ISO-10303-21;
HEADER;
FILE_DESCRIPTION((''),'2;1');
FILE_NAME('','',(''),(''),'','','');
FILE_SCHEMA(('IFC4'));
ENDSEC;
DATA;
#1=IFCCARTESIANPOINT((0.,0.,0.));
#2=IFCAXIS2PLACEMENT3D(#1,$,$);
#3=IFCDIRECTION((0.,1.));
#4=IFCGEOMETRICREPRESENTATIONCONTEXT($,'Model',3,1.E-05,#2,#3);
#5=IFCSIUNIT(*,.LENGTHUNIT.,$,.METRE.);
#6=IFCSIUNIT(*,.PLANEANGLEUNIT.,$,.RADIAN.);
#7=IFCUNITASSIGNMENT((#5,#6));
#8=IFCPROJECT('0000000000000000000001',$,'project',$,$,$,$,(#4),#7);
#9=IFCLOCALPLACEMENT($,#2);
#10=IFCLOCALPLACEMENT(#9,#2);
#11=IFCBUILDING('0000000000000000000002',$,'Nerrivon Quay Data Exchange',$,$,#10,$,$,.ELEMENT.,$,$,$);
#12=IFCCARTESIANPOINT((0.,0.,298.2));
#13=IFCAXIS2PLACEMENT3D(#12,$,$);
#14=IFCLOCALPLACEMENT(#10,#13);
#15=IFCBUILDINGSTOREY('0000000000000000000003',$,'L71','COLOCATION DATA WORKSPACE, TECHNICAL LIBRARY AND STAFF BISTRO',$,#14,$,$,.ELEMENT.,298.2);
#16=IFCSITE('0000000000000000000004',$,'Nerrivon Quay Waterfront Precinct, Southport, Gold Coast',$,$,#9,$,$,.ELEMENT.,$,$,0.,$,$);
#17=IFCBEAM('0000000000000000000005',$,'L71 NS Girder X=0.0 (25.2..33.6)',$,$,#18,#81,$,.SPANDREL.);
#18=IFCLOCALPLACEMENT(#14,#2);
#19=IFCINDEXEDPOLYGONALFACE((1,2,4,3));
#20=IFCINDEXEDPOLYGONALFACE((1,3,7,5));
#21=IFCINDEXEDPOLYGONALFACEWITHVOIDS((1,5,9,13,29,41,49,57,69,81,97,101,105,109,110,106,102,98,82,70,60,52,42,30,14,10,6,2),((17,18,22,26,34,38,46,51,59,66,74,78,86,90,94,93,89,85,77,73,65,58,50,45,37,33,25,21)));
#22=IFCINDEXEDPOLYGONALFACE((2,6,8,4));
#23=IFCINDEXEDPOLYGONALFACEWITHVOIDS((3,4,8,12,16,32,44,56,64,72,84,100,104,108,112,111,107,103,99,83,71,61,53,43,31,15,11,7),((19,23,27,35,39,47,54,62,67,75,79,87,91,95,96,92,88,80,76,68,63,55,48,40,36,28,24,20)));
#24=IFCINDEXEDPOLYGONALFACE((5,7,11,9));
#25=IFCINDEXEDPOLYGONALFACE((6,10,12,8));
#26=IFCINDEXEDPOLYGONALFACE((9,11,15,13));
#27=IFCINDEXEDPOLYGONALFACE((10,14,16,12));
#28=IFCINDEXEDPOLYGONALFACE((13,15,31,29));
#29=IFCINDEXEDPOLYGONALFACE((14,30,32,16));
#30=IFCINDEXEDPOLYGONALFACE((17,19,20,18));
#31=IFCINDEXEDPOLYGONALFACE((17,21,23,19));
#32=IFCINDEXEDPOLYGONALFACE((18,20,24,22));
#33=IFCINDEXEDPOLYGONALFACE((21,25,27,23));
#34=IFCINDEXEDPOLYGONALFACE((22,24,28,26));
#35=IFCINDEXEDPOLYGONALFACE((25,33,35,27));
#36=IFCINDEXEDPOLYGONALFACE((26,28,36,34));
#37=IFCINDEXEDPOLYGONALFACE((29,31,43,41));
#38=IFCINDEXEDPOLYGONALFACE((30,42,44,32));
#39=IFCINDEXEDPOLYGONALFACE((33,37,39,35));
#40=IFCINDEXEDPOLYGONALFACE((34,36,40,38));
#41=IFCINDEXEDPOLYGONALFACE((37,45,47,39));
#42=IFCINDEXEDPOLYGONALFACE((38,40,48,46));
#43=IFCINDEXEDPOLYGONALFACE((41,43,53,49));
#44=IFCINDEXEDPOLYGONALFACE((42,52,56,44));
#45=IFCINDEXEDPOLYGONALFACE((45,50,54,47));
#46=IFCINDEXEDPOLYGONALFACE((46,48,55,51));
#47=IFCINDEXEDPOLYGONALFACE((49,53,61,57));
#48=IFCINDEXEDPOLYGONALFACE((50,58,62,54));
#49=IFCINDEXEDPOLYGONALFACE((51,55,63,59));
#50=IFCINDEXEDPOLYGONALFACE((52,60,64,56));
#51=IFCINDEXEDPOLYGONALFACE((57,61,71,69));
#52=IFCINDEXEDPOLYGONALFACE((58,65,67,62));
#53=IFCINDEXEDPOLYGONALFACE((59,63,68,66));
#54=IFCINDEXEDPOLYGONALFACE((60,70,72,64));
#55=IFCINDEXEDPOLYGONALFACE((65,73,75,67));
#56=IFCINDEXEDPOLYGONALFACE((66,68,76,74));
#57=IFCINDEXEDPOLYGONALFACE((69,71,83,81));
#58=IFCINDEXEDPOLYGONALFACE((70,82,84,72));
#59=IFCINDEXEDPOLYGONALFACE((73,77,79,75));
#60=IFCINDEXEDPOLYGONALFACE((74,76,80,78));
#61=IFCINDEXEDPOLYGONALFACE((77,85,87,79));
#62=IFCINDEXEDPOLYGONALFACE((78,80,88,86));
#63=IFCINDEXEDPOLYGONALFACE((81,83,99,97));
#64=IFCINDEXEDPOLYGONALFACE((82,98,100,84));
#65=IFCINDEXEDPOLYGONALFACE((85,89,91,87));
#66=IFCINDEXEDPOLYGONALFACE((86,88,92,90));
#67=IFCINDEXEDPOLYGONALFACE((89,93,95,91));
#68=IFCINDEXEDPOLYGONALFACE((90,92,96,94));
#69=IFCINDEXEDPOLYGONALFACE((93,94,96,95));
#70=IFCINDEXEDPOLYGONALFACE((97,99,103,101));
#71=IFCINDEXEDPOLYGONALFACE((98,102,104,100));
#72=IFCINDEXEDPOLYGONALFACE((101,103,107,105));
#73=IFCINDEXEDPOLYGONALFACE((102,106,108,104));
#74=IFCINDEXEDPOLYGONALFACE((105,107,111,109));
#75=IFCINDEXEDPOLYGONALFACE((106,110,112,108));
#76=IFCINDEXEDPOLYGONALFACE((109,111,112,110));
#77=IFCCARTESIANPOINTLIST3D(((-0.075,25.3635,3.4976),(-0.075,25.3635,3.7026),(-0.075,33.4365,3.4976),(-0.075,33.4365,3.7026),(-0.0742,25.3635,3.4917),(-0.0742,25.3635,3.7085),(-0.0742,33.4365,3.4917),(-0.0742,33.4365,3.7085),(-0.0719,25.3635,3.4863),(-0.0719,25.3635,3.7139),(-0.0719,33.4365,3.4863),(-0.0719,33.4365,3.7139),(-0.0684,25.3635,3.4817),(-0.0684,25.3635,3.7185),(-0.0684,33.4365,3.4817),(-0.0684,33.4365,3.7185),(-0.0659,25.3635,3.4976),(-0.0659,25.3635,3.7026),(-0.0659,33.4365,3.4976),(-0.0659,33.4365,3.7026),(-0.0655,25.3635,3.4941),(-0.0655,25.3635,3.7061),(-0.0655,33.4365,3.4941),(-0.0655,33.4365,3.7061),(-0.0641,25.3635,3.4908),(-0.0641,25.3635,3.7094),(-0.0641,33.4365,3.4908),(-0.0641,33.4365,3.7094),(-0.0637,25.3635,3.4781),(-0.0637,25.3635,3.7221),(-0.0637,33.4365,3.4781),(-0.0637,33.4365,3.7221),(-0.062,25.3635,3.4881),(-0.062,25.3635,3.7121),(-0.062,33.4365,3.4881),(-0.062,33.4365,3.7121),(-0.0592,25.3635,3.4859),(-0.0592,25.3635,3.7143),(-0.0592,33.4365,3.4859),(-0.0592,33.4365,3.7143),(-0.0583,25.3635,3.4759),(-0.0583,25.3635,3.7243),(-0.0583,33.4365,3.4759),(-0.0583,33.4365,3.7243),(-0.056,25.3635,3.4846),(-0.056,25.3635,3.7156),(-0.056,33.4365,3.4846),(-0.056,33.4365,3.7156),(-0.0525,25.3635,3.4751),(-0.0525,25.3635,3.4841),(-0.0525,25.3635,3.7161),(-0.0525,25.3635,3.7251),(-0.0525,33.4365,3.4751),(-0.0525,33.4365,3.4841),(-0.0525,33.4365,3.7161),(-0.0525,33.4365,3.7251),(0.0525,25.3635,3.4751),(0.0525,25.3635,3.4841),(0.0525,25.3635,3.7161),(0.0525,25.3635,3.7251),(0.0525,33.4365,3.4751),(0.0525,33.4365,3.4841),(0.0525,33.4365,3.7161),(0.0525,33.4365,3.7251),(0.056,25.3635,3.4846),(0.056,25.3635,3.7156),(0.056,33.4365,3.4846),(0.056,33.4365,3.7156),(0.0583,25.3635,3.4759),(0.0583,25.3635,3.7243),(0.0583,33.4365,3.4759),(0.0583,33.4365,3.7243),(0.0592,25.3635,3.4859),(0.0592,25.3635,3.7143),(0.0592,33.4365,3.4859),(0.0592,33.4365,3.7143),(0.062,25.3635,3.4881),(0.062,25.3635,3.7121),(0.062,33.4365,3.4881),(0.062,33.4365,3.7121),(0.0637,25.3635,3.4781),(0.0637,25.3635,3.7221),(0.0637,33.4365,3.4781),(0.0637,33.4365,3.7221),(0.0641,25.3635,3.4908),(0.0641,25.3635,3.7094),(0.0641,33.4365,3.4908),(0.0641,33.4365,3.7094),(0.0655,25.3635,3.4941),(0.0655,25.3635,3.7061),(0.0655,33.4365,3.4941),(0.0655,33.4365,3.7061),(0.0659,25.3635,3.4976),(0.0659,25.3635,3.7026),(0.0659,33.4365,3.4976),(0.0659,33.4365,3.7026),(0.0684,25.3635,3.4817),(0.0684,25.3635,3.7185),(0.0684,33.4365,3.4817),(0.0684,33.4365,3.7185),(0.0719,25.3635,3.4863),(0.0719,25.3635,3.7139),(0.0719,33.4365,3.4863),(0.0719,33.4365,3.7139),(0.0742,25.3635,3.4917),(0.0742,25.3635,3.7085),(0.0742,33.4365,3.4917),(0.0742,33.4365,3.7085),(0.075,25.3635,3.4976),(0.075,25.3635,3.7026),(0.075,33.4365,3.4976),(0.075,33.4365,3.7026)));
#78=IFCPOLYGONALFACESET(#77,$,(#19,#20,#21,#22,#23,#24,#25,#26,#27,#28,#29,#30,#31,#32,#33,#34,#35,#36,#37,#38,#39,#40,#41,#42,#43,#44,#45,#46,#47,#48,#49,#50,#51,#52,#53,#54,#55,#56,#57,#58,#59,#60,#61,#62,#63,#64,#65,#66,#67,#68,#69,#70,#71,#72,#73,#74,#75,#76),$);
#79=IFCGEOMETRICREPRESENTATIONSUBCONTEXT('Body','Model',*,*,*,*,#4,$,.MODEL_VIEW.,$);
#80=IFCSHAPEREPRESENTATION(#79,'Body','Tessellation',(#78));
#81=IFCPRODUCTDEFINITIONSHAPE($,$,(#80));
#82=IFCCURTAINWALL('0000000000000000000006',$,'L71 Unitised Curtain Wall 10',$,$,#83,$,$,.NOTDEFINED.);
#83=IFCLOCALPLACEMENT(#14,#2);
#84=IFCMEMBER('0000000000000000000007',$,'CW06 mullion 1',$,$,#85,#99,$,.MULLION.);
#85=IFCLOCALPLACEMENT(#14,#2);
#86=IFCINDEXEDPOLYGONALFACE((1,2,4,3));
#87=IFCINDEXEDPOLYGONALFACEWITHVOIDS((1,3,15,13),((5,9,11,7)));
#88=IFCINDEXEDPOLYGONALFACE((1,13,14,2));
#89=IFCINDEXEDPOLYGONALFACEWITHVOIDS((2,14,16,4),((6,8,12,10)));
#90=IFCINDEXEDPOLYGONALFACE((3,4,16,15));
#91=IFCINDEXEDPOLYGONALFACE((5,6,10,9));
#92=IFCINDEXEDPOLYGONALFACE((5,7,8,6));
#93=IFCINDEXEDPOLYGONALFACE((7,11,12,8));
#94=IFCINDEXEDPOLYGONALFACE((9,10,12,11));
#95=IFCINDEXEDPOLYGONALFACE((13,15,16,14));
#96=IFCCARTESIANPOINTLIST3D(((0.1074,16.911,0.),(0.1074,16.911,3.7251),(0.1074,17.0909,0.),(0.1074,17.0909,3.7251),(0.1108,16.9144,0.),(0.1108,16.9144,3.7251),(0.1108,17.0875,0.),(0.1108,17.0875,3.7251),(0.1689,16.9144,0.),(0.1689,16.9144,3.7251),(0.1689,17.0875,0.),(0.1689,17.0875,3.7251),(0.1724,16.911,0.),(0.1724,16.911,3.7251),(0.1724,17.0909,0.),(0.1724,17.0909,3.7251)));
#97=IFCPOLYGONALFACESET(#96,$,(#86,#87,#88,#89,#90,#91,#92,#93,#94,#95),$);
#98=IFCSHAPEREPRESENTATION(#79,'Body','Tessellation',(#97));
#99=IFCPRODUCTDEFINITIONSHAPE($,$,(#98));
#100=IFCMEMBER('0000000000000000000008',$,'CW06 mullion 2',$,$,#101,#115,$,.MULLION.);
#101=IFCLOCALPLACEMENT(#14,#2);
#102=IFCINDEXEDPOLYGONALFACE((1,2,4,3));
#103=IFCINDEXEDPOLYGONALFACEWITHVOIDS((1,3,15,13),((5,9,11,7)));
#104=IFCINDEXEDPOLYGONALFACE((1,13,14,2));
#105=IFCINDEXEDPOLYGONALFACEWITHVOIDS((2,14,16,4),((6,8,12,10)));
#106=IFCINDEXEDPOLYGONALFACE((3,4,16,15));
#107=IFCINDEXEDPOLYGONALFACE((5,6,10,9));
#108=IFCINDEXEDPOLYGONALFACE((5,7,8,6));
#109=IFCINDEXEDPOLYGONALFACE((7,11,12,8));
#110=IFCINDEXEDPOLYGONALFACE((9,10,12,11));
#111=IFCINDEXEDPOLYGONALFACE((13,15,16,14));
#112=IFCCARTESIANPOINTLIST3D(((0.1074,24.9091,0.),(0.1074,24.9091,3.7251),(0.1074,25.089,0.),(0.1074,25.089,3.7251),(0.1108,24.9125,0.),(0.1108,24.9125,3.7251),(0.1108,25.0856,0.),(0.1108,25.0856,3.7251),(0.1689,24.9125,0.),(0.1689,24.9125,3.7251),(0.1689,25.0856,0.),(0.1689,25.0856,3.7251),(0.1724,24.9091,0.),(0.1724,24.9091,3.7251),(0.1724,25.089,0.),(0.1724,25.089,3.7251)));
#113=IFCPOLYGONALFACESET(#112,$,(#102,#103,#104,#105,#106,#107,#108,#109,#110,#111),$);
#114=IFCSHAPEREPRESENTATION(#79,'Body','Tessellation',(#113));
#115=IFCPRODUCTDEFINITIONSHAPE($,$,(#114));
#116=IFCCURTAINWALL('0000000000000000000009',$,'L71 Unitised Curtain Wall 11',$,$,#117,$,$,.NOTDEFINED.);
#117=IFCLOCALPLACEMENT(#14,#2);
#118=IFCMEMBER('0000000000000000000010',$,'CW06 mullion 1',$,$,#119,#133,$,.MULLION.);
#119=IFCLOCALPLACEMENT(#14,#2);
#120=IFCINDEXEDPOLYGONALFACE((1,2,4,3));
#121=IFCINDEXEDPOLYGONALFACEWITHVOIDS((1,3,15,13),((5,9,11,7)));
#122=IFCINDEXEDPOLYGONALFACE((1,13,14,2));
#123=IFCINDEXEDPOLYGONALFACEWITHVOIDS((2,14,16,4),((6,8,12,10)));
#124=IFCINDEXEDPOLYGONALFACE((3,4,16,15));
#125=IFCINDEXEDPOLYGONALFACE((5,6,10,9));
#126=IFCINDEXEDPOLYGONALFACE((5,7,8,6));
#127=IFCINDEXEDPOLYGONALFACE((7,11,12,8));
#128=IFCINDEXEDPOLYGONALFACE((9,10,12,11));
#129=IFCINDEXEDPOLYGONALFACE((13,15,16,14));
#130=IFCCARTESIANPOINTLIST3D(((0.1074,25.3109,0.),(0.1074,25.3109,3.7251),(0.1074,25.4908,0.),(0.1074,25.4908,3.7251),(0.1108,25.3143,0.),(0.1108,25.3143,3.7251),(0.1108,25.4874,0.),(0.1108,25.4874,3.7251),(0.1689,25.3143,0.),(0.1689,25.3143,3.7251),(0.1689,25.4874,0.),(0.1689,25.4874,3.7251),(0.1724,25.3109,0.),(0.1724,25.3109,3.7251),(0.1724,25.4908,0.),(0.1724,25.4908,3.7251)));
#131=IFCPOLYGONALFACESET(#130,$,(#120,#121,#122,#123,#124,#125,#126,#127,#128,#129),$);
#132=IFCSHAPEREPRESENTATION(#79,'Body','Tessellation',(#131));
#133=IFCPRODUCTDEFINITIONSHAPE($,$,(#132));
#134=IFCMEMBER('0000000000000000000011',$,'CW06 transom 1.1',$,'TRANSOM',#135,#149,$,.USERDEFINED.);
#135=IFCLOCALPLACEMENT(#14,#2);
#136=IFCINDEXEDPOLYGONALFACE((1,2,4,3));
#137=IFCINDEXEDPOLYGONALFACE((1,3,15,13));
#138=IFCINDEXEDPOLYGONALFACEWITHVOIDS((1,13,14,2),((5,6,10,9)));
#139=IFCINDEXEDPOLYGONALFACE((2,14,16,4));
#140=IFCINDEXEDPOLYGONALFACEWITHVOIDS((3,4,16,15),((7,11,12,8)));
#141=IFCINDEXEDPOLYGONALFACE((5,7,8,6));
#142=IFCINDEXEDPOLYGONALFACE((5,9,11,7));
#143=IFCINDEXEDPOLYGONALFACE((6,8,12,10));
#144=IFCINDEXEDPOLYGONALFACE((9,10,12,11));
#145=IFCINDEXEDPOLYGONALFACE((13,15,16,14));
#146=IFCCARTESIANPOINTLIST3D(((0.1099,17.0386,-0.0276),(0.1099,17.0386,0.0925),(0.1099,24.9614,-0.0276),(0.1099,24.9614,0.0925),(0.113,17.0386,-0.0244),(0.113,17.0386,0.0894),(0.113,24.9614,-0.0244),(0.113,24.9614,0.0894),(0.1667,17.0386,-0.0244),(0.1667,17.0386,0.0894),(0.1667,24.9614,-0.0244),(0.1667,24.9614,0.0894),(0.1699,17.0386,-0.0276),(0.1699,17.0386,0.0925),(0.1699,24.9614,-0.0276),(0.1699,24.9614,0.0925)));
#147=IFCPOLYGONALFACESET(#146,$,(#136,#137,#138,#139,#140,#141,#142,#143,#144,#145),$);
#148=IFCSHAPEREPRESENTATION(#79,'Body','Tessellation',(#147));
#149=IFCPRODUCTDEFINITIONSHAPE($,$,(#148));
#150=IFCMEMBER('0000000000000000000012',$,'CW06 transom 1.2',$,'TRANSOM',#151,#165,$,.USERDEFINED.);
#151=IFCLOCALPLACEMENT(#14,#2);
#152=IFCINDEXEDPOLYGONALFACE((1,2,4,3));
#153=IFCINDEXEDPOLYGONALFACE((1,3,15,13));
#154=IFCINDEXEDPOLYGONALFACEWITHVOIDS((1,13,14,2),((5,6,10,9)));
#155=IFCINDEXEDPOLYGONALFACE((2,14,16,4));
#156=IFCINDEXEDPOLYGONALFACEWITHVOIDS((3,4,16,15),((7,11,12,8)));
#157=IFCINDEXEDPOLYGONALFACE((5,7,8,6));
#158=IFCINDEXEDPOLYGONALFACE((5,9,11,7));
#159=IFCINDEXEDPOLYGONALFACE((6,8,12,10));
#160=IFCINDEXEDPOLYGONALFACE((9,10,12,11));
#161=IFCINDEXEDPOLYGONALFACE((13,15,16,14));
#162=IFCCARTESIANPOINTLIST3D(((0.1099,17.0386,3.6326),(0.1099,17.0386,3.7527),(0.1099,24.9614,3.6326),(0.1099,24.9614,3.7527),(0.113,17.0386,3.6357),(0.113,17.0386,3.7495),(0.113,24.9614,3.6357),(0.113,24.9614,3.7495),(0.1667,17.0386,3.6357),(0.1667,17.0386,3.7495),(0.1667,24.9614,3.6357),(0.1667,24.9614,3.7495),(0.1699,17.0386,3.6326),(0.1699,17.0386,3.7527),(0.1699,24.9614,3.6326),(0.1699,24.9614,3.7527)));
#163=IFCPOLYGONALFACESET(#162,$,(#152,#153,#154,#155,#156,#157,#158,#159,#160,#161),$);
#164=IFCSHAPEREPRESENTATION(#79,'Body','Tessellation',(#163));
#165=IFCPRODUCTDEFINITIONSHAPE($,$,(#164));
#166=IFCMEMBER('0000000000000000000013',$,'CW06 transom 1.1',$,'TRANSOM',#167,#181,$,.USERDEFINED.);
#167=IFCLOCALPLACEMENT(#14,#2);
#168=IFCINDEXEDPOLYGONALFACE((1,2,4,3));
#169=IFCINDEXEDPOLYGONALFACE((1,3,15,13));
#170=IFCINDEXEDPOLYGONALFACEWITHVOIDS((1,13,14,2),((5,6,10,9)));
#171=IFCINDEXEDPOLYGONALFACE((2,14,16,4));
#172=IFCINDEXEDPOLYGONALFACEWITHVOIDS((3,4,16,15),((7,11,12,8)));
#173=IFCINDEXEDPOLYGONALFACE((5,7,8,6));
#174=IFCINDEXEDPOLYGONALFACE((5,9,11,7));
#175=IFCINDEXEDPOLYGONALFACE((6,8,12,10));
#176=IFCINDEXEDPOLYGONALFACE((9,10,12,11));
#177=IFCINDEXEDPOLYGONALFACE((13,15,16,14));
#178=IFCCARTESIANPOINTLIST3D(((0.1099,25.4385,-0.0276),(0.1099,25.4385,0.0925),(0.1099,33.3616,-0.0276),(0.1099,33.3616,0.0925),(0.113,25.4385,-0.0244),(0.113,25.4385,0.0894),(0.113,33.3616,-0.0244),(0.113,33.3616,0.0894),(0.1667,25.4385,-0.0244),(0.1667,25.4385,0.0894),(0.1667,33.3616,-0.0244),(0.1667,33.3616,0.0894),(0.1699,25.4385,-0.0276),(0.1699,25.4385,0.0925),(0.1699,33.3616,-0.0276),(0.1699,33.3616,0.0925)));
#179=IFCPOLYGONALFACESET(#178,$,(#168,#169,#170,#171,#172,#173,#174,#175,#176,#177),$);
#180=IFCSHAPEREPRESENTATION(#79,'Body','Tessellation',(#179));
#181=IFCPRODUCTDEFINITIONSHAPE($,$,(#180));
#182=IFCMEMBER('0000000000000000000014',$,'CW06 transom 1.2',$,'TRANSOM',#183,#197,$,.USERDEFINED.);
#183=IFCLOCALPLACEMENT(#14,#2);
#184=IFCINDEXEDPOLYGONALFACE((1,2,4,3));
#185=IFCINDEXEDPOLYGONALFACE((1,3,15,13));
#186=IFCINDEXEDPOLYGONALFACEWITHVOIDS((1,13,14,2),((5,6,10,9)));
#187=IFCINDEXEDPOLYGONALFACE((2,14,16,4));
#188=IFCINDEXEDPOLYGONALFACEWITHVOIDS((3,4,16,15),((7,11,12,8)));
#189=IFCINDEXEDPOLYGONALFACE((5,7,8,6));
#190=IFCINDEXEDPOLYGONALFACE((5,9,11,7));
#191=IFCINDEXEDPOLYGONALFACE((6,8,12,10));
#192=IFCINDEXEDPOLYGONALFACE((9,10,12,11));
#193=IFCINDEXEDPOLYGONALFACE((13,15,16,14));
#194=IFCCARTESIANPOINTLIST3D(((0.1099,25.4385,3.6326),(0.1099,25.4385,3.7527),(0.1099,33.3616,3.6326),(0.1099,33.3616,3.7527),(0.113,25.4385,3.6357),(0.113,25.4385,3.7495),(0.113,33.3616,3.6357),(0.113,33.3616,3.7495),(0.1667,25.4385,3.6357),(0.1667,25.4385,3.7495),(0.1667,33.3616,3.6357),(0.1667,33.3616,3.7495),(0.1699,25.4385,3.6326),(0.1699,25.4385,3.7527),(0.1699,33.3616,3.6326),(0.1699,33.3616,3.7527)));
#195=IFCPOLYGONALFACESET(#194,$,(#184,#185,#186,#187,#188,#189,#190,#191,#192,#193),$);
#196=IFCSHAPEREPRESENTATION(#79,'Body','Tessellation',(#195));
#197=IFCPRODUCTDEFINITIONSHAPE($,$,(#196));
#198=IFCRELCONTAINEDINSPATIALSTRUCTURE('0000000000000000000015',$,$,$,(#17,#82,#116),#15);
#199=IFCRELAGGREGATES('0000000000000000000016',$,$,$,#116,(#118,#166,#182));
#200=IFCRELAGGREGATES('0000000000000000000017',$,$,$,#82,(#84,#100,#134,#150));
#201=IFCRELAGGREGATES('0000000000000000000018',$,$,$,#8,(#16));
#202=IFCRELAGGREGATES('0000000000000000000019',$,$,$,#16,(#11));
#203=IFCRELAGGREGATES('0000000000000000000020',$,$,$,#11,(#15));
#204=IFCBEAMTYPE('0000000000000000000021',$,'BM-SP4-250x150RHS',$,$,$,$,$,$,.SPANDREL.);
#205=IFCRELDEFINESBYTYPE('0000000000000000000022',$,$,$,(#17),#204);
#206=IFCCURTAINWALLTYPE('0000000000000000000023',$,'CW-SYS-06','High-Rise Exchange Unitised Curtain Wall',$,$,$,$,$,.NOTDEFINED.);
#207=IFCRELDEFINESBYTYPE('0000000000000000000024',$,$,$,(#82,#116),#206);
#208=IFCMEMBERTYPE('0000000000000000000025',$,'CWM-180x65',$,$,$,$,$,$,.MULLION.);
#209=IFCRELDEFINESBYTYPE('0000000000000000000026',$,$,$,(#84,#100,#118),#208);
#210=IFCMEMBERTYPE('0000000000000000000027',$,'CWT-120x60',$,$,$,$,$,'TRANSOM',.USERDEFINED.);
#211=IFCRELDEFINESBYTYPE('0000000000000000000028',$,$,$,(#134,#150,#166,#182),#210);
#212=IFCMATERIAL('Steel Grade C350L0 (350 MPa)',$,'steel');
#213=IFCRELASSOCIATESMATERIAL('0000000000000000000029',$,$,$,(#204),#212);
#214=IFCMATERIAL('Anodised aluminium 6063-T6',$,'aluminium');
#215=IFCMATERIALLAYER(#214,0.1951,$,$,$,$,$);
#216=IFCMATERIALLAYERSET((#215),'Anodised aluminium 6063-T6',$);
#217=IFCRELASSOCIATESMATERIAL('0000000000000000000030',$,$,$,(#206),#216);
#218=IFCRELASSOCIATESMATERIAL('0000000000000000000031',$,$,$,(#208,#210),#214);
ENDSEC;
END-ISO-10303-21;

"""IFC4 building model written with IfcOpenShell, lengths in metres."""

from ifc_helpers import new_model, si_unit, direction, frame, origin, origin_2d, place, context, subcontext, project, spatial, hollow_rectangle, extrude, material, layer, layer_set, material_profile, profile_set, type_object, element, aggregate, save


model = new_model("IFC4")

# Units and contexts
model_context = context("Model", 3, precision=1e-05, world=origin(), true_north=direction((0.0, 1.0)))
body_context = subcontext(model_context, "Body", "Model", "MODEL_VIEW")
ifc_project = project(units=[si_unit("LENGTHUNIT", "METRE"), si_unit("PLANEANGLEUNIT", "RADIAN")], contexts=[model_context])

# Site, building, storey
site_placement = place(None, origin())
site = spatial("IfcSite", under=ifc_project, at=site_placement, Name="Nerrivon Quay Waterfront Precinct, Southport, Gold Coast", CompositionType="ELEMENT", RefElevation=0.0)
building_placement = place(site_placement, origin())
building = spatial("IfcBuilding", under=site, at=building_placement, Name="Nerrivon Quay Data Exchange", CompositionType="ELEMENT")
storey_placement = place(building_placement, frame((0.0, 0.0, 298.2)))
storey = spatial("IfcBuildingStorey", under=building, at=storey_placement, Name="L71", Description="COLOCATION DATA WORKSPACE, TECHNICAL LIBRARY AND STAFF BISTRO", CompositionType="ELEMENT", Elevation=298.2)

# Beam
ifc_material_1 = material(Name="Steel Grade C350L0 (350 MPa)", Category="steel")
ifc_material_profile_1 = material_profile(ifc_material_1, hollow_rectangle(XDim=0.1499, YDim=0.25, WallThickness=0.009, InnerFilletRadius=0.0134, OuterFilletRadius=0.0225, at=origin_2d()), Name="250x150x9.0RHS")
ifc_profile_set_1 = profile_set([ifc_material_profile_1], Name="Steel Grade C350L0 (350 MPa)")
beam_type_1 = type_object("IfcBeamType", Name="BM-SP4-250x150RHS", PredefinedType="SPANDREL", material=ifc_profile_set_1)
beam_1_placement = place(storey_placement, frame((0.0, 25.3635, 3.6001), z_axis=(0.0, 1.0, 0.0), x_axis=(-1.0, 0.0, 0.0)))
element("IfcBeam", 1, at=beam_1_placement, inside=storey, type_object=beam_type_1, Name="L71 NS Girder X=0.0 (25.2..33.6)", PredefinedType="SPANDREL", context=body_context, shape_type="SweptSolid", body=[
    extrude(hollow_rectangle(XDim=0.1499, YDim=0.25, WallThickness=0.009, InnerFilletRadius=0.0134, OuterFilletRadius=0.0225, at=origin_2d()), origin(), (0.0, 0.0, 1.0), 8.073),
])

# Curtain wall, members
ifc_material_2 = material(Name="Anodised aluminium 6063-T6", Category="aluminium")
ifc_layer_1 = layer(ifc_material_2, 0.1951)
ifc_layer_set_1 = layer_set([ifc_layer_1], Name="Anodised aluminium 6063-T6")
curtain_wall_type = type_object("IfcCurtainWallType", Name="CW-SYS-06", Description="High-Rise Exchange Unitised Curtain Wall", PredefinedType="NOTDEFINED", material=ifc_layer_set_1)
curtain_wall_1_placement = place(storey_placement, origin())
curtain_wall_1 = element("IfcCurtainWall", 2, at=curtain_wall_1_placement, inside=storey, type_object=curtain_wall_type, Name="L71 Unitised Curtain Wall 10", PredefinedType="NOTDEFINED")
ifc_material_profile_2 = material_profile(ifc_material_2, hollow_rectangle(XDim=0.0649, YDim=0.1799, WallThickness=0.0034, at=origin_2d()), Name="ALU-MULL-180x65")
ifc_profile_set_2 = profile_set([ifc_material_profile_2], Name="Anodised aluminium 6063-T6")
member_type_1 = type_object("IfcMemberType", Name="CWM-180x65", PredefinedType="MULLION", material=ifc_profile_set_2)
member_1_placement = place(storey_placement, frame((0.1399, 17.001, 0.0), z_axis=(0.0, 0.0, 1.0), x_axis=(-1.0, 0.0, 0.0)))
member_1 = element("IfcMember", 3, at=member_1_placement, type_object=member_type_1, Name="CW06 mullion 1", PredefinedType="MULLION", context=body_context, shape_type="SweptSolid", body=[
    extrude(hollow_rectangle(XDim=0.0649, YDim=0.1799, WallThickness=0.0034, at=origin_2d()), origin(), (0.0, 0.0, 1.0), 3.7251),
])
member_2_placement = place(storey_placement, frame((0.1399, 24.999, 0.0), z_axis=(0.0, 0.0, 1.0), x_axis=(-1.0, 0.0, 0.0)))
member_2 = element("IfcMember", 4, at=member_2_placement, type_object=member_type_1, Name="CW06 mullion 2", PredefinedType="MULLION", context=body_context, shape_type="SweptSolid", body=[
    extrude(hollow_rectangle(XDim=0.0649, YDim=0.1799, WallThickness=0.0034, at=origin_2d()), origin(), (0.0, 0.0, 1.0), 3.7251),
])

# Curtain wall, member
curtain_wall_2_placement = place(storey_placement, origin())
curtain_wall_2 = element("IfcCurtainWall", 5, at=curtain_wall_2_placement, inside=storey, type_object=curtain_wall_type, Name="L71 Unitised Curtain Wall 11", PredefinedType="NOTDEFINED")
member_3_placement = place(storey_placement, frame((0.1399, 25.4009, 0.0), z_axis=(0.0, 0.0, 1.0), x_axis=(-1.0, 0.0, 0.0)))
member_3 = element("IfcMember", 6, at=member_3_placement, type_object=member_type_1, Name="CW06 mullion 1", PredefinedType="MULLION", context=body_context, shape_type="SweptSolid", body=[
    extrude(hollow_rectangle(XDim=0.0649, YDim=0.1799, WallThickness=0.0034, at=origin_2d()), origin(), (0.0, 0.0, 1.0), 3.7251),
])

# Members
ifc_material_profile_3 = material_profile(ifc_material_2, hollow_rectangle(XDim=0.0601, YDim=0.1201, WallThickness=0.0032, at=origin_2d()), Name="ALU-TRAN-120x60")
ifc_profile_set_3 = profile_set([ifc_material_profile_3], Name="Anodised aluminium 6063-T6")
member_type_2 = type_object("IfcMemberType", Name="CWT-120x60", ElementType="TRANSOM", PredefinedType="USERDEFINED", material=ifc_profile_set_3)
member_4_placement = place(storey_placement, frame((0.1399, 17.0386, 0.0325), z_axis=(0.0, 1.0, 0.0), x_axis=(-1.0, 0.0, 0.0)))
member_4 = element("IfcMember", 7, at=member_4_placement, type_object=member_type_2, Name="CW06 transom 1.1", ObjectType="TRANSOM", PredefinedType="USERDEFINED", context=body_context, shape_type="SweptSolid", body=[
    extrude(hollow_rectangle(XDim=0.0601, YDim=0.1201, WallThickness=0.0032, at=origin_2d()), origin(), (0.0, 0.0, 1.0), 7.9229),
])
member_5_placement = place(storey_placement, frame((0.1399, 17.0386, 3.6926), z_axis=(0.0, 1.0, 0.0), x_axis=(-1.0, 0.0, 0.0)))
member_5 = element("IfcMember", 8, at=member_5_placement, type_object=member_type_2, Name="CW06 transom 1.2", ObjectType="TRANSOM", PredefinedType="USERDEFINED", context=body_context, shape_type="SweptSolid", body=[
    extrude(hollow_rectangle(XDim=0.0601, YDim=0.1201, WallThickness=0.0032, at=origin_2d()), origin(), (0.0, 0.0, 1.0), 7.9229),
])
member_6_placement = place(storey_placement, frame((0.1399, 25.4385, 0.0325), z_axis=(0.0, 1.0, 0.0), x_axis=(-1.0, 0.0, 0.0)))
member_6 = element("IfcMember", 9, at=member_6_placement, type_object=member_type_2, Name="CW06 transom 1.1", ObjectType="TRANSOM", PredefinedType="USERDEFINED", context=body_context, shape_type="SweptSolid", body=[
    extrude(hollow_rectangle(XDim=0.0601, YDim=0.1201, WallThickness=0.0032, at=origin_2d()), origin(), (0.0, 0.0, 1.0), 7.9231),
])
member_7_placement = place(storey_placement, frame((0.1399, 25.4385, 3.6926), z_axis=(0.0, 1.0, 0.0), x_axis=(-1.0, 0.0, 0.0)))
member_7 = element("IfcMember", 10, at=member_7_placement, type_object=member_type_2, Name="CW06 transom 1.2", ObjectType="TRANSOM", PredefinedType="USERDEFINED", context=body_context, shape_type="SweptSolid", body=[
    extrude(hollow_rectangle(XDim=0.0601, YDim=0.1201, WallThickness=0.0032, at=origin_2d()), origin(), (0.0, 0.0, 1.0), 7.9231),
])
aggregate(curtain_wall_2, [member_3, member_6, member_7])

aggregate(curtain_wall_1, [member_1, member_2, member_4, member_5])

save(model, "model.ifc")
